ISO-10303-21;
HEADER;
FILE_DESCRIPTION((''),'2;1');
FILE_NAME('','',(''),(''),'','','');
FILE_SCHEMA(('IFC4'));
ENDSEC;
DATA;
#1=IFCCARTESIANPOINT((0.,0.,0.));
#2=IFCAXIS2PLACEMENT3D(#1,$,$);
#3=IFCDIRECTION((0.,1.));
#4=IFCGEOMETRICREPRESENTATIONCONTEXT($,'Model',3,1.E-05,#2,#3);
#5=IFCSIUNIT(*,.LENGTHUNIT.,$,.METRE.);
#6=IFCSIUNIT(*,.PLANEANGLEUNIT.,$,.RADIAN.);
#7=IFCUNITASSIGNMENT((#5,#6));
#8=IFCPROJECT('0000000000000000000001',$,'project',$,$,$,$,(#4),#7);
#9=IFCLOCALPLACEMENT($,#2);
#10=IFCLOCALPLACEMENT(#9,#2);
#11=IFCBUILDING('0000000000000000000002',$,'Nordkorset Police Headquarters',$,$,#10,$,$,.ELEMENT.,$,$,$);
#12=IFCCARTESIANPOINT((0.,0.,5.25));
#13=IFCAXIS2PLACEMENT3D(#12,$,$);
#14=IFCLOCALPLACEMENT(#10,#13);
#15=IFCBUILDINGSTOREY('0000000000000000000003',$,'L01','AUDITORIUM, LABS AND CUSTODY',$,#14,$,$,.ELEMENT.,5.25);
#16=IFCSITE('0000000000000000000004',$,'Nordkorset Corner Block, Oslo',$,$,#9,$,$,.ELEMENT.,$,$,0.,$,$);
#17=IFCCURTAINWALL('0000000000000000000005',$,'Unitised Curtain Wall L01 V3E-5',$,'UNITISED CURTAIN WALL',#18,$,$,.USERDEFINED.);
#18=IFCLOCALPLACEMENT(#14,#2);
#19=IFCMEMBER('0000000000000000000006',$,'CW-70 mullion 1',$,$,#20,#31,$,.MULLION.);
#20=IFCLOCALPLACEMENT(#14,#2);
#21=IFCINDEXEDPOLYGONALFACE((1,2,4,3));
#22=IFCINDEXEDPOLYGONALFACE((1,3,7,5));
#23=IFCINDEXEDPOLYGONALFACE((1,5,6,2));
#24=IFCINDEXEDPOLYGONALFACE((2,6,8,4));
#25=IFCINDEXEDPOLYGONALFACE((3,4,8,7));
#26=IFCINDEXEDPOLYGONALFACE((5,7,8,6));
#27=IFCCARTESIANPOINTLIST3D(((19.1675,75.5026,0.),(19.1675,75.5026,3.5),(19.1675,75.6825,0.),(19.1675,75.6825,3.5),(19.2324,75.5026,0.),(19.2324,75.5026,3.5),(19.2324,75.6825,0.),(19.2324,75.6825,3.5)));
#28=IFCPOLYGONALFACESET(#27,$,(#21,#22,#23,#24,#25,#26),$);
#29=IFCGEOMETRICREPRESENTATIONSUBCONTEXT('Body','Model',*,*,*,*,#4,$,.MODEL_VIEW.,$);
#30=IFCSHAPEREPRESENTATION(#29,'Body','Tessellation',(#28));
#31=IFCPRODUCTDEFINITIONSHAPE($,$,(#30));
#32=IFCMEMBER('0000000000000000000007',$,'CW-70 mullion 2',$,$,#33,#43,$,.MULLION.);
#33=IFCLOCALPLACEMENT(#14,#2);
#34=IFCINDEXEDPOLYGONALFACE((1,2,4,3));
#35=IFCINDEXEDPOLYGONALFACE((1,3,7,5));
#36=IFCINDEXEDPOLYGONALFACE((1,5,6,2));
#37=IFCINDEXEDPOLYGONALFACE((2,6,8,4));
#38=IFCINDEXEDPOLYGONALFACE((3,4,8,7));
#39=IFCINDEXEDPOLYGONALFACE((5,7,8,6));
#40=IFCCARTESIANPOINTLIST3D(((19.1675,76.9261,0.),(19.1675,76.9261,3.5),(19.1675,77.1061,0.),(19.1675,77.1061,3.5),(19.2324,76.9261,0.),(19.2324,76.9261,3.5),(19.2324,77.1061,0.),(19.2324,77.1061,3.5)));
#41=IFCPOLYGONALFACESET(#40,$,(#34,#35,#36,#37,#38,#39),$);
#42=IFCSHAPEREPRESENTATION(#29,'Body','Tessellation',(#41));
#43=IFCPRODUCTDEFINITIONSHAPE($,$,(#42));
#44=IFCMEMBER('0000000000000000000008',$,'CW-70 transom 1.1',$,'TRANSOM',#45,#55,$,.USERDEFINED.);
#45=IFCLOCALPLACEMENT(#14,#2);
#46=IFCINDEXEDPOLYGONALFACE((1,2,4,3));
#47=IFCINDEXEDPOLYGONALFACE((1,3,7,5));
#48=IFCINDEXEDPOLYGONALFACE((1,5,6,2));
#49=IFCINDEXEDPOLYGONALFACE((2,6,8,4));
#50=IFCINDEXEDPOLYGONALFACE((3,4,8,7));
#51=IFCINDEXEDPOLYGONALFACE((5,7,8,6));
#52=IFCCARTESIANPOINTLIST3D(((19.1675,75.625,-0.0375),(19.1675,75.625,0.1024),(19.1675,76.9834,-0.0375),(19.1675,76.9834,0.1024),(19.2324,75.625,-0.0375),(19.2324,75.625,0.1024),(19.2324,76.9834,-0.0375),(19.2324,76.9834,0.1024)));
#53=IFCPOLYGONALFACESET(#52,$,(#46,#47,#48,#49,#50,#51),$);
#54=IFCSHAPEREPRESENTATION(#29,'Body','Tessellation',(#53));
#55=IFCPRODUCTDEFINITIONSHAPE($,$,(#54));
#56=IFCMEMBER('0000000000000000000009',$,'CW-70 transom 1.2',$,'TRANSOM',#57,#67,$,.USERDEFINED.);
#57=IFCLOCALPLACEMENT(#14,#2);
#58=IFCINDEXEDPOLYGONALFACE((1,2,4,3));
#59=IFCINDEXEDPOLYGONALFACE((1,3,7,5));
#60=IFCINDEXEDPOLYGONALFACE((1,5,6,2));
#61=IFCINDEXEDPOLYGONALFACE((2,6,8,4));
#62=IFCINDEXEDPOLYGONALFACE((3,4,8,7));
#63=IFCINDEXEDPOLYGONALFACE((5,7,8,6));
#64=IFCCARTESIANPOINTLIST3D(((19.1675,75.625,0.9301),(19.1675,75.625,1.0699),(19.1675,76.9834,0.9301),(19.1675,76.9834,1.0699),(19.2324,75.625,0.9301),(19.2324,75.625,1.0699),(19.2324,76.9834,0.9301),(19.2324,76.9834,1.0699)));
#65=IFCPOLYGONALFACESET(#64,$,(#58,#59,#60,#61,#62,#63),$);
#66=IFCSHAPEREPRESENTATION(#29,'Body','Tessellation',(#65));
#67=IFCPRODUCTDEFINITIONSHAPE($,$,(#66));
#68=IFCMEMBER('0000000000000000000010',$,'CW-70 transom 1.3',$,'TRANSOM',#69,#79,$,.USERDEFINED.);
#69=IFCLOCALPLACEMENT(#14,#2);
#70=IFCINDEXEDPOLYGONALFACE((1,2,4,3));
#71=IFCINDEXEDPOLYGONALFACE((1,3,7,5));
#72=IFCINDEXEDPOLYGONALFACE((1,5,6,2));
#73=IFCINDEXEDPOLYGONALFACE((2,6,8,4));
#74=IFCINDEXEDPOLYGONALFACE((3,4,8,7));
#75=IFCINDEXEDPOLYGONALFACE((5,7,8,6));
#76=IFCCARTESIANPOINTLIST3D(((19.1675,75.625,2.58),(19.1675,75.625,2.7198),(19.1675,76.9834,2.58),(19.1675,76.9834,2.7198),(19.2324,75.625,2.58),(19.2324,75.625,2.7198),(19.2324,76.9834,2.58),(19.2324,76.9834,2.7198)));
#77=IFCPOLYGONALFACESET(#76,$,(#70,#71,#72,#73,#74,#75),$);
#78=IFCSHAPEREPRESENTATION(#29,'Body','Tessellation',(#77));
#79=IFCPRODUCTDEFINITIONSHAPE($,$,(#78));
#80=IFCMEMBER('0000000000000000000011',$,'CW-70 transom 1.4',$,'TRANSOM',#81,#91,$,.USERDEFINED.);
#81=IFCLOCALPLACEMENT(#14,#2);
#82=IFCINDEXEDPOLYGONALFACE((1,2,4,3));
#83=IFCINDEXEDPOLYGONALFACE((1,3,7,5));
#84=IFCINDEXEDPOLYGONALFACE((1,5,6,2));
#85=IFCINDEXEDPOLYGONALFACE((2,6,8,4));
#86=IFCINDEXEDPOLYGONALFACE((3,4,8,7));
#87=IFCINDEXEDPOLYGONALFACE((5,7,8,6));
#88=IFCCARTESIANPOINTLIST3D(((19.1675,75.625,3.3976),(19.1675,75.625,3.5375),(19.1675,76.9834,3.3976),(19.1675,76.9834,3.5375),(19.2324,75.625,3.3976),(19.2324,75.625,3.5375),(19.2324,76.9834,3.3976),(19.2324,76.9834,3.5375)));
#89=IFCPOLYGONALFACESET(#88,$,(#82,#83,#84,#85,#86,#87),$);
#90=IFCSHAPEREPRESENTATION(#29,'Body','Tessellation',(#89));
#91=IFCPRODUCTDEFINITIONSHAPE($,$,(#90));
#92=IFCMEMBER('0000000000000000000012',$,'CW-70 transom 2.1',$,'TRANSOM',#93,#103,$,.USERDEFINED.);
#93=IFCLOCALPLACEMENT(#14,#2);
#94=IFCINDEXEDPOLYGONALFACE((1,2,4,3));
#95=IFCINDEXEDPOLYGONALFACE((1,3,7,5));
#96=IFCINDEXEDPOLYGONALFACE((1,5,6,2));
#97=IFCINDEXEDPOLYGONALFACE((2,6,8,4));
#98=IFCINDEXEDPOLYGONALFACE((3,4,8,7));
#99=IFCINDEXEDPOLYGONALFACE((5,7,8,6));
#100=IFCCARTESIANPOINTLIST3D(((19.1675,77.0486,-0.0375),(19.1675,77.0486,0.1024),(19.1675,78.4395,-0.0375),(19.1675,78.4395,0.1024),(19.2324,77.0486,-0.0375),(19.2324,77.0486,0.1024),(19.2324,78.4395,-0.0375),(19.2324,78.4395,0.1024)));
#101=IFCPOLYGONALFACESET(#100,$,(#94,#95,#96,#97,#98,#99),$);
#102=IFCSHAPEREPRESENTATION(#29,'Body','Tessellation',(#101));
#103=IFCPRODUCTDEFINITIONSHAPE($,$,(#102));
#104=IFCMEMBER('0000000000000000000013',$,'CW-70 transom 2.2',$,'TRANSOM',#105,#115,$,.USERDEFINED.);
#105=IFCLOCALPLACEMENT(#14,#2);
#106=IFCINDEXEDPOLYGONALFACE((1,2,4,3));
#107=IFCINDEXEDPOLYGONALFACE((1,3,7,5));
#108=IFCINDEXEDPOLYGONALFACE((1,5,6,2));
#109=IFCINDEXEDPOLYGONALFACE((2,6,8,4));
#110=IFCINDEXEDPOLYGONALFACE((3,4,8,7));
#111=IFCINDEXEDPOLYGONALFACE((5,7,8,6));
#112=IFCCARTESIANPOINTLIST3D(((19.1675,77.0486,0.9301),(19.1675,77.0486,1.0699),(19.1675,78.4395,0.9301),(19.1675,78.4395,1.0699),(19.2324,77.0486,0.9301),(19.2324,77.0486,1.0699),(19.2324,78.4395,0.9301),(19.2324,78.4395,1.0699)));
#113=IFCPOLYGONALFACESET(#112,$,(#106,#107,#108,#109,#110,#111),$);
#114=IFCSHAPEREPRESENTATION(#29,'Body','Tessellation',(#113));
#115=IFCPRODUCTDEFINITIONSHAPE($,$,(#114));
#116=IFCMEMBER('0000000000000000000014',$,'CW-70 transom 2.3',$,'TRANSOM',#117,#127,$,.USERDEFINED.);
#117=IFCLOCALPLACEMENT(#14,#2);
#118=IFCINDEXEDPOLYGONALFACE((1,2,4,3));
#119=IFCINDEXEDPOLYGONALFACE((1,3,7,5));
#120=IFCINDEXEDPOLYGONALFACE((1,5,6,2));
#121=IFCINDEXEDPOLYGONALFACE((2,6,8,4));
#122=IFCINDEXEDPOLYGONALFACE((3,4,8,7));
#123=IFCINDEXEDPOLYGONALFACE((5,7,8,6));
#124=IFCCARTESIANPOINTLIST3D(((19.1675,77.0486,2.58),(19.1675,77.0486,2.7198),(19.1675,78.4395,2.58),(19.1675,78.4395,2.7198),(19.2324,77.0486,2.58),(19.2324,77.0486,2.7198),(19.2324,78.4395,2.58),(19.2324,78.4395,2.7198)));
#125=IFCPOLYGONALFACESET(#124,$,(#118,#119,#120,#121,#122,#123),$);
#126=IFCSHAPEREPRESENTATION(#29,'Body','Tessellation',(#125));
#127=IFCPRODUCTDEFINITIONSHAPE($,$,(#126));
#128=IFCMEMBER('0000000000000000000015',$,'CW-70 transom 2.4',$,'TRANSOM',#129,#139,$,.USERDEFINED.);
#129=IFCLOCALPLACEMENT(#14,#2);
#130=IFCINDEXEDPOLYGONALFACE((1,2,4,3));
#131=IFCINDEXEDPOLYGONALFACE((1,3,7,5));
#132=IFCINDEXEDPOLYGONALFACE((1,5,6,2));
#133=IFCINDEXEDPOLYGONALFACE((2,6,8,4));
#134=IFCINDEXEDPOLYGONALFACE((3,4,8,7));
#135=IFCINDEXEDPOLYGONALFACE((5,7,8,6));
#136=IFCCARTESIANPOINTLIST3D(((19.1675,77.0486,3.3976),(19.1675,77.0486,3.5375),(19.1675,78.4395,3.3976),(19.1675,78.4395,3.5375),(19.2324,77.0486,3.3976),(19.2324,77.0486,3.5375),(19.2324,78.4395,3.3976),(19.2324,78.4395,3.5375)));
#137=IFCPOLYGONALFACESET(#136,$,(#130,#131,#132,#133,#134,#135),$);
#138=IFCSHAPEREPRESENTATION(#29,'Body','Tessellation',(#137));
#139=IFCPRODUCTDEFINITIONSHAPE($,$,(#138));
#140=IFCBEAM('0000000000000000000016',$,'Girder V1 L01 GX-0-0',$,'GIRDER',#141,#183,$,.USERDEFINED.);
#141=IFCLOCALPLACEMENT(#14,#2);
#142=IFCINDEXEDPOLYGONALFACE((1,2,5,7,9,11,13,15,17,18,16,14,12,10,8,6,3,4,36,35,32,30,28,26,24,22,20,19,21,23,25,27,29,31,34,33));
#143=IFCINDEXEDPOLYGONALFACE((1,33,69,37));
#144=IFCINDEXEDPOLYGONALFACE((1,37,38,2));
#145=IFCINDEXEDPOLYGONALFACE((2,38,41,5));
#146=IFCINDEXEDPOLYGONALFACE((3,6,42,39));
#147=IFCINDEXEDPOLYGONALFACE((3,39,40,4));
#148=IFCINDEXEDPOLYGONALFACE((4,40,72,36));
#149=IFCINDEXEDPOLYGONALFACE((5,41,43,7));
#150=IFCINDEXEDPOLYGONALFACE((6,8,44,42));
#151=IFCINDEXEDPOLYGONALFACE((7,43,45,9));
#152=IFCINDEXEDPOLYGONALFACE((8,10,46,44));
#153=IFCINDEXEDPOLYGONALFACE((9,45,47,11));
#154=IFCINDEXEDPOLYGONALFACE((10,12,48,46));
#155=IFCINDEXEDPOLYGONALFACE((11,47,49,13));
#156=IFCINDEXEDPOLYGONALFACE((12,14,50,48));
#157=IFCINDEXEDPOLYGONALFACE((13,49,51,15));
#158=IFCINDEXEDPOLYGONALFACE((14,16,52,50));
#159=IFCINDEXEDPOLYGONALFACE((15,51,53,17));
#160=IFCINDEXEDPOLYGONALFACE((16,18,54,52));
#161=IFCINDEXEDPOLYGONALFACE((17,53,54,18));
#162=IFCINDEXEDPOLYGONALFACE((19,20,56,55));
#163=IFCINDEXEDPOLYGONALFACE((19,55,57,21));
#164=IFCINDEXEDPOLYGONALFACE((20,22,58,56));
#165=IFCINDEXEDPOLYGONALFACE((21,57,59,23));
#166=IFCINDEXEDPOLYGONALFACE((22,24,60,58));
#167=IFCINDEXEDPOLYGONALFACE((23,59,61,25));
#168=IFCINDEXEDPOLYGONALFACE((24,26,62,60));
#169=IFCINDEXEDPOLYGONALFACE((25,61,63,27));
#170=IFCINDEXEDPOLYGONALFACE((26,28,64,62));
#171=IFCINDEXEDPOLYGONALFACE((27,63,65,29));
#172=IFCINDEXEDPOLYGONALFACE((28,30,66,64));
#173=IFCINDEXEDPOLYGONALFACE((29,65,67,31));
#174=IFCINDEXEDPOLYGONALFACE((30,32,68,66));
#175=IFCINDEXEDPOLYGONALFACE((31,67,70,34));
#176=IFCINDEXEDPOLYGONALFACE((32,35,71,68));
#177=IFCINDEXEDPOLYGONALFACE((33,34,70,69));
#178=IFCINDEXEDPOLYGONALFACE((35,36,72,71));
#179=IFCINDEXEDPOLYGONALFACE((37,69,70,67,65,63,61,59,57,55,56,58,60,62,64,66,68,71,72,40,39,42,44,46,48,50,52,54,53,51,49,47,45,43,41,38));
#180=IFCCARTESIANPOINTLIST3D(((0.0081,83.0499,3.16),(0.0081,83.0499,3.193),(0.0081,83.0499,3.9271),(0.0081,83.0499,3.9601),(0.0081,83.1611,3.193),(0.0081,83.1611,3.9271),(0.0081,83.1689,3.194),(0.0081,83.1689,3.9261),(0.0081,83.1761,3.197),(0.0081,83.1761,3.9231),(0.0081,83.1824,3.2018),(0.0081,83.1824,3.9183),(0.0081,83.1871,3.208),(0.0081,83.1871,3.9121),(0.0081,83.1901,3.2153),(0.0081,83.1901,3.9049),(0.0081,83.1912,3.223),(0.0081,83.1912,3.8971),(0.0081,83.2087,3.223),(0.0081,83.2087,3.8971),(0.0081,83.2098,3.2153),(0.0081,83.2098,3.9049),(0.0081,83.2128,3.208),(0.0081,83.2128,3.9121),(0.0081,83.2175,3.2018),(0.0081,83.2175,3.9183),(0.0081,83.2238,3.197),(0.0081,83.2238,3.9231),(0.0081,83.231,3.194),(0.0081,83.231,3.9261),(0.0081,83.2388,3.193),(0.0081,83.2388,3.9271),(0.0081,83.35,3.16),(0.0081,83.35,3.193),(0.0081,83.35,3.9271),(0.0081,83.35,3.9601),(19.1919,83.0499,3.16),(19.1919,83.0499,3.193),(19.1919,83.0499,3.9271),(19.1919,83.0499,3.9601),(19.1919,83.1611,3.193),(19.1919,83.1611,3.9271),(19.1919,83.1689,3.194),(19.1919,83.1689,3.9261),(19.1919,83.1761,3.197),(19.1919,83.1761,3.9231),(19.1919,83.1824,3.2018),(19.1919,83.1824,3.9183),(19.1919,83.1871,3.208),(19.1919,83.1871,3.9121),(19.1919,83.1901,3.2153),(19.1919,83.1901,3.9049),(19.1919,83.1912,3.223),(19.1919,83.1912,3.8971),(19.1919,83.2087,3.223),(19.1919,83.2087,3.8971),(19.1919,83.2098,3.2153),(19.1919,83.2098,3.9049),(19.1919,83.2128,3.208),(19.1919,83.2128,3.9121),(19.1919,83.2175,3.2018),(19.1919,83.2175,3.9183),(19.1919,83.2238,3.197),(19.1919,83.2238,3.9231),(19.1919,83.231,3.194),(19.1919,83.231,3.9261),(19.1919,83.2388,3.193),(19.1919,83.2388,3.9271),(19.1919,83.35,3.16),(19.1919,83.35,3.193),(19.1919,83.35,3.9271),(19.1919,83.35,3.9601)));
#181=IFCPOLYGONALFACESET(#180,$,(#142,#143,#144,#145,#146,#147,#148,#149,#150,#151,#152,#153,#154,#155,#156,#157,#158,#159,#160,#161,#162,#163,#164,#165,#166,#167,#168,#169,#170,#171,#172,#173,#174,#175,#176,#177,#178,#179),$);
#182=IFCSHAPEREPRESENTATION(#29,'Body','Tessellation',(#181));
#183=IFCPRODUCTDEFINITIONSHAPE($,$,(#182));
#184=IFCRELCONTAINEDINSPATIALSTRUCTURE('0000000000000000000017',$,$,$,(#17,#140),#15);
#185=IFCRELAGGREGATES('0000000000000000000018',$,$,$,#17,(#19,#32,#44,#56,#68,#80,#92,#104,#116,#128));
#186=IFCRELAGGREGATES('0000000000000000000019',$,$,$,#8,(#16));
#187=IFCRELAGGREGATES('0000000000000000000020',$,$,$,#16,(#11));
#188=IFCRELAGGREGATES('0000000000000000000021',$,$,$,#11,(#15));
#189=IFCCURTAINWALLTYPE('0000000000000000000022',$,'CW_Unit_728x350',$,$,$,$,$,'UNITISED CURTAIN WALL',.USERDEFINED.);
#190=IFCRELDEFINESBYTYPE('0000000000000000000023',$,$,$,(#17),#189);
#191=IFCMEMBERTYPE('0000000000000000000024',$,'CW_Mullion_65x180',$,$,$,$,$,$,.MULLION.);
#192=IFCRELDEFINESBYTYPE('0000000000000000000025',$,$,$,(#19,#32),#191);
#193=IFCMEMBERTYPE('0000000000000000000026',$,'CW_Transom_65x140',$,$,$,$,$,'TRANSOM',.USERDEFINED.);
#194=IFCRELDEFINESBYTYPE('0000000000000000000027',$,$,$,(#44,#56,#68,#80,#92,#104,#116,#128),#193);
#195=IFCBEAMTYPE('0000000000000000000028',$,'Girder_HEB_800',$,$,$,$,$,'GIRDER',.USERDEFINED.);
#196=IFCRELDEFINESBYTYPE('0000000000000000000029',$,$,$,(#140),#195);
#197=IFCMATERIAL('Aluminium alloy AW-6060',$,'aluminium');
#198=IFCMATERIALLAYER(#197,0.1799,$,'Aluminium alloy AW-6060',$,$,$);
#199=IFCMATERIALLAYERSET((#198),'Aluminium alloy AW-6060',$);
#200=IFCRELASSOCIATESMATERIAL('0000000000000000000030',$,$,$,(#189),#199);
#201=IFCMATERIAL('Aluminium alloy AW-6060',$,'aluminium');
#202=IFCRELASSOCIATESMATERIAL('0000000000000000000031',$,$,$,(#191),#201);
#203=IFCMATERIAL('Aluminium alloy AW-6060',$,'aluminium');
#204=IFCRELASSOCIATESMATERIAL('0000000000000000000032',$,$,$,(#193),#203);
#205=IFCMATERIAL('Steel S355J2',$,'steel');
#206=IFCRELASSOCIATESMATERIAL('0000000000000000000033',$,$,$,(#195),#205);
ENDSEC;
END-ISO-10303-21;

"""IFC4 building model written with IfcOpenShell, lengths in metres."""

from ifc_helpers import new_model, si_unit, direction, frame, origin, origin_2d, place, context, subcontext, project, spatial, rectangle, i_section, extrude, material, layer, layer_set, material_profile, profile_set, type_object, element, aggregate, save


model = new_model("IFC4")

# Units and contexts
model_context = context("Model", 3, precision=1e-05, world=origin(), true_north=direction((0.0, 1.0)))
body_context = subcontext(model_context, "Body", "Model", "MODEL_VIEW")
ifc_project = project(units=[si_unit("LENGTHUNIT", "METRE"), si_unit("PLANEANGLEUNIT", "RADIAN")], contexts=[model_context])

# Site, building, storey
site_placement = place(None, origin())
site = spatial("IfcSite", under=ifc_project, at=site_placement, Name="Nordkorset Corner Block, Oslo", CompositionType="ELEMENT", RefElevation=0.0)
building_placement = place(site_placement, origin())
building = spatial("IfcBuilding", under=site, at=building_placement, Name="Nordkorset Police Headquarters", CompositionType="ELEMENT")
storey_placement = place(building_placement, frame((0.0, 0.0, 5.25)))
storey = spatial("IfcBuildingStorey", under=building, at=storey_placement, Name="L01", Description="AUDITORIUM, LABS AND CUSTODY", CompositionType="ELEMENT", Elevation=5.25)

# Curtain wall, members
ifc_material_1 = material(Name="Aluminium alloy AW-6060", Category="aluminium")
ifc_layer_1 = layer(ifc_material_1, 0.1799, Name="Aluminium alloy AW-6060")
ifc_layer_set_1 = layer_set([ifc_layer_1], Name="Aluminium alloy AW-6060")
curtain_wall_type = type_object("IfcCurtainWallType", Name="CW_Unit_728x350", ElementType="UNITISED CURTAIN WALL", PredefinedType="USERDEFINED", material=ifc_layer_set_1)
curtain_wall_placement = place(storey_placement, origin())
curtain_wall = element("IfcCurtainWall", 1, at=curtain_wall_placement, inside=storey, type_object=curtain_wall_type, Name="Unitised Curtain Wall L01 V3E-5", ObjectType="UNITISED CURTAIN WALL", PredefinedType="USERDEFINED")
ifc_material_2 = material(Name="Aluminium alloy AW-6060", Category="aluminium")
ifc_material_profile_1 = material_profile(ifc_material_2, rectangle(XDim=0.0649, YDim=0.1799, at=origin_2d()), Name="ALU MULL 65x180")
ifc_profile_set_1 = profile_set([ifc_material_profile_1], Name="Aluminium alloy AW-6060")
member_type_1 = type_object("IfcMemberType", Name="CW_Mullion_65x180", PredefinedType="MULLION", material=ifc_profile_set_1)
member_1_placement = place(storey_placement, frame((19.2, 75.5925, 0.0), z_axis=(0.0, 0.0, 1.0), x_axis=(-1.0, 0.0, 0.0)))
member_1 = element("IfcMember", 2, at=member_1_placement, type_object=member_type_1, Name="CW-70 mullion 1", PredefinedType="MULLION", context=body_context, shape_type="SweptSolid", body=[
    extrude(rectangle(XDim=0.0649, YDim=0.1799, at=origin_2d()), origin(), (0.0, 0.0, 1.0), 3.5),
])
member_2_placement = place(storey_placement, frame((19.2, 77.0161, 0.0), z_axis=(0.0, 0.0, 1.0), x_axis=(-1.0, 0.0, 0.0)))
member_2 = element("IfcMember", 3, at=member_2_placement, type_object=member_type_1, Name="CW-70 mullion 2", PredefinedType="MULLION", context=body_context, shape_type="SweptSolid", body=[
    extrude(rectangle(XDim=0.0649, YDim=0.1799, at=origin_2d()), origin(), (0.0, 0.0, 1.0), 3.5),
])
ifc_material_3 = material(Name="Aluminium alloy AW-6060", Category="aluminium")
ifc_material_profile_2 = material_profile(ifc_material_3, rectangle(XDim=0.0649, YDim=0.1399, at=origin_2d()), Name="ALU TRAN 65x140")
ifc_profile_set_2 = profile_set([ifc_material_profile_2], Name="Aluminium alloy AW-6060")
member_type_2 = type_object("IfcMemberType", Name="CW_Transom_65x140", ElementType="TRANSOM", PredefinedType="USERDEFINED", material=ifc_profile_set_2)
member_3_placement = place(storey_placement, frame((19.2, 75.625, 0.0325), z_axis=(0.0, 1.0, 0.0), x_axis=(-1.0, 0.0, 0.0)))
member_3 = element("IfcMember", 4, at=member_3_placement, type_object=member_type_2, Name="CW-70 transom 1.1", ObjectType="TRANSOM", PredefinedType="USERDEFINED", context=body_context, shape_type="SweptSolid", body=[
    extrude(rectangle(XDim=0.0649, YDim=0.1399, at=origin_2d()), origin(), (0.0, 0.0, 1.0), 1.3584),
])
member_4_placement = place(storey_placement, frame((19.2, 75.625, 1.0), z_axis=(0.0, 1.0, 0.0), x_axis=(-1.0, 0.0, 0.0)))
member_4 = element("IfcMember", 5, at=member_4_placement, type_object=member_type_2, Name="CW-70 transom 1.2", ObjectType="TRANSOM", PredefinedType="USERDEFINED", context=body_context, shape_type="SweptSolid", body=[
    extrude(rectangle(XDim=0.0649, YDim=0.1399, at=origin_2d()), origin(), (0.0, 0.0, 1.0), 1.3584),
])
member_5_placement = place(storey_placement, frame((19.2, 75.625, 2.6499), z_axis=(0.0, 1.0, 0.0), x_axis=(-1.0, 0.0, 0.0)))
member_5 = element("IfcMember", 6, at=member_5_placement, type_object=member_type_2, Name="CW-70 transom 1.3", ObjectType="TRANSOM", PredefinedType="USERDEFINED", context=body_context, shape_type="SweptSolid", body=[
    extrude(rectangle(XDim=0.0649, YDim=0.1399, at=origin_2d()), origin(), (0.0, 0.0, 1.0), 1.3584),
])
member_6_placement = place(storey_placement, frame((19.2, 75.625, 3.4675), z_axis=(0.0, 1.0, 0.0), x_axis=(-1.0, 0.0, 0.0)))
member_6 = element("IfcMember", 7, at=member_6_placement, type_object=member_type_2, Name="CW-70 transom 1.4", ObjectType="TRANSOM", PredefinedType="USERDEFINED", context=body_context, shape_type="SweptSolid", body=[
    extrude(rectangle(XDim=0.0649, YDim=0.1399, at=origin_2d()), origin(), (0.0, 0.0, 1.0), 1.3584),
])
member_7_placement = place(storey_placement, frame((19.2, 77.0486, 0.0325), z_axis=(0.0, 1.0, 0.0), x_axis=(-1.0, 0.0, 0.0)))
member_7 = element("IfcMember", 8, at=member_7_placement, type_object=member_type_2, Name="CW-70 transom 2.1", ObjectType="TRANSOM", PredefinedType="USERDEFINED", context=body_context, shape_type="SweptSolid", body=[
    extrude(rectangle(XDim=0.0649, YDim=0.1399, at=origin_2d()), origin(), (0.0, 0.0, 1.0), 1.3909),
])
member_8_placement = place(storey_placement, frame((19.2, 77.0486, 1.0), z_axis=(0.0, 1.0, 0.0), x_axis=(-1.0, 0.0, 0.0)))
member_8 = element("IfcMember", 9, at=member_8_placement, type_object=member_type_2, Name="CW-70 transom 2.2", ObjectType="TRANSOM", PredefinedType="USERDEFINED", context=body_context, shape_type="SweptSolid", body=[
    extrude(rectangle(XDim=0.0649, YDim=0.1399, at=origin_2d()), origin(), (0.0, 0.0, 1.0), 1.3909),
])
member_9_placement = place(storey_placement, frame((19.2, 77.0486, 2.6499), z_axis=(0.0, 1.0, 0.0), x_axis=(-1.0, 0.0, 0.0)))
member_9 = element("IfcMember", 10, at=member_9_placement, type_object=member_type_2, Name="CW-70 transom 2.3", ObjectType="TRANSOM", PredefinedType="USERDEFINED", context=body_context, shape_type="SweptSolid", body=[
    extrude(rectangle(XDim=0.0649, YDim=0.1399, at=origin_2d()), origin(), (0.0, 0.0, 1.0), 1.3909),
])
member_10_placement = place(storey_placement, frame((19.2, 77.0486, 3.4675), z_axis=(0.0, 1.0, 0.0), x_axis=(-1.0, 0.0, 0.0)))
member_10 = element("IfcMember", 11, at=member_10_placement, type_object=member_type_2, Name="CW-70 transom 2.4", ObjectType="TRANSOM", PredefinedType="USERDEFINED", context=body_context, shape_type="SweptSolid", body=[
    extrude(rectangle(XDim=0.0649, YDim=0.1399, at=origin_2d()), origin(), (0.0, 0.0, 1.0), 1.3909),
])

# Beam
ifc_material_4 = material(Name="Steel S355J2", Category="steel")
ifc_material_profile_3 = material_profile(ifc_material_4, i_section(OverallWidth=0.3, OverallDepth=0.8, WebThickness=0.0176, FlangeThickness=0.033, FilletRadius=0.03, at=origin_2d()), Name="HEB 800")
ifc_profile_set_3 = profile_set([ifc_material_profile_3], Name="Steel S355J2")
beam_type_1 = type_object("IfcBeamType", Name="Girder_HEB_800", ElementType="GIRDER", PredefinedType="USERDEFINED", material=ifc_profile_set_3)
beam_placement = place(storey_placement, frame((0.0081, 83.2, 3.5601), z_axis=(1.0, 0.0, 0.0), x_axis=(0.0, 1.0, 0.0)))
element("IfcBeam", 12, at=beam_placement, inside=storey, type_object=beam_type_1, Name="Girder V1 L01 GX-0-0", ObjectType="GIRDER", PredefinedType="USERDEFINED", context=body_context, shape_type="SweptSolid", body=[
    extrude(i_section(OverallWidth=0.3, OverallDepth=0.8, WebThickness=0.0176, FlangeThickness=0.033, FilletRadius=0.03, at=origin_2d()), origin(), (0.0, 0.0, 1.0), 19.1838),
])

aggregate(curtain_wall, [member_1, member_2, member_3, member_4, member_5, member_6, member_7, member_8, member_9, member_10])

save(model, "model.ifc")
